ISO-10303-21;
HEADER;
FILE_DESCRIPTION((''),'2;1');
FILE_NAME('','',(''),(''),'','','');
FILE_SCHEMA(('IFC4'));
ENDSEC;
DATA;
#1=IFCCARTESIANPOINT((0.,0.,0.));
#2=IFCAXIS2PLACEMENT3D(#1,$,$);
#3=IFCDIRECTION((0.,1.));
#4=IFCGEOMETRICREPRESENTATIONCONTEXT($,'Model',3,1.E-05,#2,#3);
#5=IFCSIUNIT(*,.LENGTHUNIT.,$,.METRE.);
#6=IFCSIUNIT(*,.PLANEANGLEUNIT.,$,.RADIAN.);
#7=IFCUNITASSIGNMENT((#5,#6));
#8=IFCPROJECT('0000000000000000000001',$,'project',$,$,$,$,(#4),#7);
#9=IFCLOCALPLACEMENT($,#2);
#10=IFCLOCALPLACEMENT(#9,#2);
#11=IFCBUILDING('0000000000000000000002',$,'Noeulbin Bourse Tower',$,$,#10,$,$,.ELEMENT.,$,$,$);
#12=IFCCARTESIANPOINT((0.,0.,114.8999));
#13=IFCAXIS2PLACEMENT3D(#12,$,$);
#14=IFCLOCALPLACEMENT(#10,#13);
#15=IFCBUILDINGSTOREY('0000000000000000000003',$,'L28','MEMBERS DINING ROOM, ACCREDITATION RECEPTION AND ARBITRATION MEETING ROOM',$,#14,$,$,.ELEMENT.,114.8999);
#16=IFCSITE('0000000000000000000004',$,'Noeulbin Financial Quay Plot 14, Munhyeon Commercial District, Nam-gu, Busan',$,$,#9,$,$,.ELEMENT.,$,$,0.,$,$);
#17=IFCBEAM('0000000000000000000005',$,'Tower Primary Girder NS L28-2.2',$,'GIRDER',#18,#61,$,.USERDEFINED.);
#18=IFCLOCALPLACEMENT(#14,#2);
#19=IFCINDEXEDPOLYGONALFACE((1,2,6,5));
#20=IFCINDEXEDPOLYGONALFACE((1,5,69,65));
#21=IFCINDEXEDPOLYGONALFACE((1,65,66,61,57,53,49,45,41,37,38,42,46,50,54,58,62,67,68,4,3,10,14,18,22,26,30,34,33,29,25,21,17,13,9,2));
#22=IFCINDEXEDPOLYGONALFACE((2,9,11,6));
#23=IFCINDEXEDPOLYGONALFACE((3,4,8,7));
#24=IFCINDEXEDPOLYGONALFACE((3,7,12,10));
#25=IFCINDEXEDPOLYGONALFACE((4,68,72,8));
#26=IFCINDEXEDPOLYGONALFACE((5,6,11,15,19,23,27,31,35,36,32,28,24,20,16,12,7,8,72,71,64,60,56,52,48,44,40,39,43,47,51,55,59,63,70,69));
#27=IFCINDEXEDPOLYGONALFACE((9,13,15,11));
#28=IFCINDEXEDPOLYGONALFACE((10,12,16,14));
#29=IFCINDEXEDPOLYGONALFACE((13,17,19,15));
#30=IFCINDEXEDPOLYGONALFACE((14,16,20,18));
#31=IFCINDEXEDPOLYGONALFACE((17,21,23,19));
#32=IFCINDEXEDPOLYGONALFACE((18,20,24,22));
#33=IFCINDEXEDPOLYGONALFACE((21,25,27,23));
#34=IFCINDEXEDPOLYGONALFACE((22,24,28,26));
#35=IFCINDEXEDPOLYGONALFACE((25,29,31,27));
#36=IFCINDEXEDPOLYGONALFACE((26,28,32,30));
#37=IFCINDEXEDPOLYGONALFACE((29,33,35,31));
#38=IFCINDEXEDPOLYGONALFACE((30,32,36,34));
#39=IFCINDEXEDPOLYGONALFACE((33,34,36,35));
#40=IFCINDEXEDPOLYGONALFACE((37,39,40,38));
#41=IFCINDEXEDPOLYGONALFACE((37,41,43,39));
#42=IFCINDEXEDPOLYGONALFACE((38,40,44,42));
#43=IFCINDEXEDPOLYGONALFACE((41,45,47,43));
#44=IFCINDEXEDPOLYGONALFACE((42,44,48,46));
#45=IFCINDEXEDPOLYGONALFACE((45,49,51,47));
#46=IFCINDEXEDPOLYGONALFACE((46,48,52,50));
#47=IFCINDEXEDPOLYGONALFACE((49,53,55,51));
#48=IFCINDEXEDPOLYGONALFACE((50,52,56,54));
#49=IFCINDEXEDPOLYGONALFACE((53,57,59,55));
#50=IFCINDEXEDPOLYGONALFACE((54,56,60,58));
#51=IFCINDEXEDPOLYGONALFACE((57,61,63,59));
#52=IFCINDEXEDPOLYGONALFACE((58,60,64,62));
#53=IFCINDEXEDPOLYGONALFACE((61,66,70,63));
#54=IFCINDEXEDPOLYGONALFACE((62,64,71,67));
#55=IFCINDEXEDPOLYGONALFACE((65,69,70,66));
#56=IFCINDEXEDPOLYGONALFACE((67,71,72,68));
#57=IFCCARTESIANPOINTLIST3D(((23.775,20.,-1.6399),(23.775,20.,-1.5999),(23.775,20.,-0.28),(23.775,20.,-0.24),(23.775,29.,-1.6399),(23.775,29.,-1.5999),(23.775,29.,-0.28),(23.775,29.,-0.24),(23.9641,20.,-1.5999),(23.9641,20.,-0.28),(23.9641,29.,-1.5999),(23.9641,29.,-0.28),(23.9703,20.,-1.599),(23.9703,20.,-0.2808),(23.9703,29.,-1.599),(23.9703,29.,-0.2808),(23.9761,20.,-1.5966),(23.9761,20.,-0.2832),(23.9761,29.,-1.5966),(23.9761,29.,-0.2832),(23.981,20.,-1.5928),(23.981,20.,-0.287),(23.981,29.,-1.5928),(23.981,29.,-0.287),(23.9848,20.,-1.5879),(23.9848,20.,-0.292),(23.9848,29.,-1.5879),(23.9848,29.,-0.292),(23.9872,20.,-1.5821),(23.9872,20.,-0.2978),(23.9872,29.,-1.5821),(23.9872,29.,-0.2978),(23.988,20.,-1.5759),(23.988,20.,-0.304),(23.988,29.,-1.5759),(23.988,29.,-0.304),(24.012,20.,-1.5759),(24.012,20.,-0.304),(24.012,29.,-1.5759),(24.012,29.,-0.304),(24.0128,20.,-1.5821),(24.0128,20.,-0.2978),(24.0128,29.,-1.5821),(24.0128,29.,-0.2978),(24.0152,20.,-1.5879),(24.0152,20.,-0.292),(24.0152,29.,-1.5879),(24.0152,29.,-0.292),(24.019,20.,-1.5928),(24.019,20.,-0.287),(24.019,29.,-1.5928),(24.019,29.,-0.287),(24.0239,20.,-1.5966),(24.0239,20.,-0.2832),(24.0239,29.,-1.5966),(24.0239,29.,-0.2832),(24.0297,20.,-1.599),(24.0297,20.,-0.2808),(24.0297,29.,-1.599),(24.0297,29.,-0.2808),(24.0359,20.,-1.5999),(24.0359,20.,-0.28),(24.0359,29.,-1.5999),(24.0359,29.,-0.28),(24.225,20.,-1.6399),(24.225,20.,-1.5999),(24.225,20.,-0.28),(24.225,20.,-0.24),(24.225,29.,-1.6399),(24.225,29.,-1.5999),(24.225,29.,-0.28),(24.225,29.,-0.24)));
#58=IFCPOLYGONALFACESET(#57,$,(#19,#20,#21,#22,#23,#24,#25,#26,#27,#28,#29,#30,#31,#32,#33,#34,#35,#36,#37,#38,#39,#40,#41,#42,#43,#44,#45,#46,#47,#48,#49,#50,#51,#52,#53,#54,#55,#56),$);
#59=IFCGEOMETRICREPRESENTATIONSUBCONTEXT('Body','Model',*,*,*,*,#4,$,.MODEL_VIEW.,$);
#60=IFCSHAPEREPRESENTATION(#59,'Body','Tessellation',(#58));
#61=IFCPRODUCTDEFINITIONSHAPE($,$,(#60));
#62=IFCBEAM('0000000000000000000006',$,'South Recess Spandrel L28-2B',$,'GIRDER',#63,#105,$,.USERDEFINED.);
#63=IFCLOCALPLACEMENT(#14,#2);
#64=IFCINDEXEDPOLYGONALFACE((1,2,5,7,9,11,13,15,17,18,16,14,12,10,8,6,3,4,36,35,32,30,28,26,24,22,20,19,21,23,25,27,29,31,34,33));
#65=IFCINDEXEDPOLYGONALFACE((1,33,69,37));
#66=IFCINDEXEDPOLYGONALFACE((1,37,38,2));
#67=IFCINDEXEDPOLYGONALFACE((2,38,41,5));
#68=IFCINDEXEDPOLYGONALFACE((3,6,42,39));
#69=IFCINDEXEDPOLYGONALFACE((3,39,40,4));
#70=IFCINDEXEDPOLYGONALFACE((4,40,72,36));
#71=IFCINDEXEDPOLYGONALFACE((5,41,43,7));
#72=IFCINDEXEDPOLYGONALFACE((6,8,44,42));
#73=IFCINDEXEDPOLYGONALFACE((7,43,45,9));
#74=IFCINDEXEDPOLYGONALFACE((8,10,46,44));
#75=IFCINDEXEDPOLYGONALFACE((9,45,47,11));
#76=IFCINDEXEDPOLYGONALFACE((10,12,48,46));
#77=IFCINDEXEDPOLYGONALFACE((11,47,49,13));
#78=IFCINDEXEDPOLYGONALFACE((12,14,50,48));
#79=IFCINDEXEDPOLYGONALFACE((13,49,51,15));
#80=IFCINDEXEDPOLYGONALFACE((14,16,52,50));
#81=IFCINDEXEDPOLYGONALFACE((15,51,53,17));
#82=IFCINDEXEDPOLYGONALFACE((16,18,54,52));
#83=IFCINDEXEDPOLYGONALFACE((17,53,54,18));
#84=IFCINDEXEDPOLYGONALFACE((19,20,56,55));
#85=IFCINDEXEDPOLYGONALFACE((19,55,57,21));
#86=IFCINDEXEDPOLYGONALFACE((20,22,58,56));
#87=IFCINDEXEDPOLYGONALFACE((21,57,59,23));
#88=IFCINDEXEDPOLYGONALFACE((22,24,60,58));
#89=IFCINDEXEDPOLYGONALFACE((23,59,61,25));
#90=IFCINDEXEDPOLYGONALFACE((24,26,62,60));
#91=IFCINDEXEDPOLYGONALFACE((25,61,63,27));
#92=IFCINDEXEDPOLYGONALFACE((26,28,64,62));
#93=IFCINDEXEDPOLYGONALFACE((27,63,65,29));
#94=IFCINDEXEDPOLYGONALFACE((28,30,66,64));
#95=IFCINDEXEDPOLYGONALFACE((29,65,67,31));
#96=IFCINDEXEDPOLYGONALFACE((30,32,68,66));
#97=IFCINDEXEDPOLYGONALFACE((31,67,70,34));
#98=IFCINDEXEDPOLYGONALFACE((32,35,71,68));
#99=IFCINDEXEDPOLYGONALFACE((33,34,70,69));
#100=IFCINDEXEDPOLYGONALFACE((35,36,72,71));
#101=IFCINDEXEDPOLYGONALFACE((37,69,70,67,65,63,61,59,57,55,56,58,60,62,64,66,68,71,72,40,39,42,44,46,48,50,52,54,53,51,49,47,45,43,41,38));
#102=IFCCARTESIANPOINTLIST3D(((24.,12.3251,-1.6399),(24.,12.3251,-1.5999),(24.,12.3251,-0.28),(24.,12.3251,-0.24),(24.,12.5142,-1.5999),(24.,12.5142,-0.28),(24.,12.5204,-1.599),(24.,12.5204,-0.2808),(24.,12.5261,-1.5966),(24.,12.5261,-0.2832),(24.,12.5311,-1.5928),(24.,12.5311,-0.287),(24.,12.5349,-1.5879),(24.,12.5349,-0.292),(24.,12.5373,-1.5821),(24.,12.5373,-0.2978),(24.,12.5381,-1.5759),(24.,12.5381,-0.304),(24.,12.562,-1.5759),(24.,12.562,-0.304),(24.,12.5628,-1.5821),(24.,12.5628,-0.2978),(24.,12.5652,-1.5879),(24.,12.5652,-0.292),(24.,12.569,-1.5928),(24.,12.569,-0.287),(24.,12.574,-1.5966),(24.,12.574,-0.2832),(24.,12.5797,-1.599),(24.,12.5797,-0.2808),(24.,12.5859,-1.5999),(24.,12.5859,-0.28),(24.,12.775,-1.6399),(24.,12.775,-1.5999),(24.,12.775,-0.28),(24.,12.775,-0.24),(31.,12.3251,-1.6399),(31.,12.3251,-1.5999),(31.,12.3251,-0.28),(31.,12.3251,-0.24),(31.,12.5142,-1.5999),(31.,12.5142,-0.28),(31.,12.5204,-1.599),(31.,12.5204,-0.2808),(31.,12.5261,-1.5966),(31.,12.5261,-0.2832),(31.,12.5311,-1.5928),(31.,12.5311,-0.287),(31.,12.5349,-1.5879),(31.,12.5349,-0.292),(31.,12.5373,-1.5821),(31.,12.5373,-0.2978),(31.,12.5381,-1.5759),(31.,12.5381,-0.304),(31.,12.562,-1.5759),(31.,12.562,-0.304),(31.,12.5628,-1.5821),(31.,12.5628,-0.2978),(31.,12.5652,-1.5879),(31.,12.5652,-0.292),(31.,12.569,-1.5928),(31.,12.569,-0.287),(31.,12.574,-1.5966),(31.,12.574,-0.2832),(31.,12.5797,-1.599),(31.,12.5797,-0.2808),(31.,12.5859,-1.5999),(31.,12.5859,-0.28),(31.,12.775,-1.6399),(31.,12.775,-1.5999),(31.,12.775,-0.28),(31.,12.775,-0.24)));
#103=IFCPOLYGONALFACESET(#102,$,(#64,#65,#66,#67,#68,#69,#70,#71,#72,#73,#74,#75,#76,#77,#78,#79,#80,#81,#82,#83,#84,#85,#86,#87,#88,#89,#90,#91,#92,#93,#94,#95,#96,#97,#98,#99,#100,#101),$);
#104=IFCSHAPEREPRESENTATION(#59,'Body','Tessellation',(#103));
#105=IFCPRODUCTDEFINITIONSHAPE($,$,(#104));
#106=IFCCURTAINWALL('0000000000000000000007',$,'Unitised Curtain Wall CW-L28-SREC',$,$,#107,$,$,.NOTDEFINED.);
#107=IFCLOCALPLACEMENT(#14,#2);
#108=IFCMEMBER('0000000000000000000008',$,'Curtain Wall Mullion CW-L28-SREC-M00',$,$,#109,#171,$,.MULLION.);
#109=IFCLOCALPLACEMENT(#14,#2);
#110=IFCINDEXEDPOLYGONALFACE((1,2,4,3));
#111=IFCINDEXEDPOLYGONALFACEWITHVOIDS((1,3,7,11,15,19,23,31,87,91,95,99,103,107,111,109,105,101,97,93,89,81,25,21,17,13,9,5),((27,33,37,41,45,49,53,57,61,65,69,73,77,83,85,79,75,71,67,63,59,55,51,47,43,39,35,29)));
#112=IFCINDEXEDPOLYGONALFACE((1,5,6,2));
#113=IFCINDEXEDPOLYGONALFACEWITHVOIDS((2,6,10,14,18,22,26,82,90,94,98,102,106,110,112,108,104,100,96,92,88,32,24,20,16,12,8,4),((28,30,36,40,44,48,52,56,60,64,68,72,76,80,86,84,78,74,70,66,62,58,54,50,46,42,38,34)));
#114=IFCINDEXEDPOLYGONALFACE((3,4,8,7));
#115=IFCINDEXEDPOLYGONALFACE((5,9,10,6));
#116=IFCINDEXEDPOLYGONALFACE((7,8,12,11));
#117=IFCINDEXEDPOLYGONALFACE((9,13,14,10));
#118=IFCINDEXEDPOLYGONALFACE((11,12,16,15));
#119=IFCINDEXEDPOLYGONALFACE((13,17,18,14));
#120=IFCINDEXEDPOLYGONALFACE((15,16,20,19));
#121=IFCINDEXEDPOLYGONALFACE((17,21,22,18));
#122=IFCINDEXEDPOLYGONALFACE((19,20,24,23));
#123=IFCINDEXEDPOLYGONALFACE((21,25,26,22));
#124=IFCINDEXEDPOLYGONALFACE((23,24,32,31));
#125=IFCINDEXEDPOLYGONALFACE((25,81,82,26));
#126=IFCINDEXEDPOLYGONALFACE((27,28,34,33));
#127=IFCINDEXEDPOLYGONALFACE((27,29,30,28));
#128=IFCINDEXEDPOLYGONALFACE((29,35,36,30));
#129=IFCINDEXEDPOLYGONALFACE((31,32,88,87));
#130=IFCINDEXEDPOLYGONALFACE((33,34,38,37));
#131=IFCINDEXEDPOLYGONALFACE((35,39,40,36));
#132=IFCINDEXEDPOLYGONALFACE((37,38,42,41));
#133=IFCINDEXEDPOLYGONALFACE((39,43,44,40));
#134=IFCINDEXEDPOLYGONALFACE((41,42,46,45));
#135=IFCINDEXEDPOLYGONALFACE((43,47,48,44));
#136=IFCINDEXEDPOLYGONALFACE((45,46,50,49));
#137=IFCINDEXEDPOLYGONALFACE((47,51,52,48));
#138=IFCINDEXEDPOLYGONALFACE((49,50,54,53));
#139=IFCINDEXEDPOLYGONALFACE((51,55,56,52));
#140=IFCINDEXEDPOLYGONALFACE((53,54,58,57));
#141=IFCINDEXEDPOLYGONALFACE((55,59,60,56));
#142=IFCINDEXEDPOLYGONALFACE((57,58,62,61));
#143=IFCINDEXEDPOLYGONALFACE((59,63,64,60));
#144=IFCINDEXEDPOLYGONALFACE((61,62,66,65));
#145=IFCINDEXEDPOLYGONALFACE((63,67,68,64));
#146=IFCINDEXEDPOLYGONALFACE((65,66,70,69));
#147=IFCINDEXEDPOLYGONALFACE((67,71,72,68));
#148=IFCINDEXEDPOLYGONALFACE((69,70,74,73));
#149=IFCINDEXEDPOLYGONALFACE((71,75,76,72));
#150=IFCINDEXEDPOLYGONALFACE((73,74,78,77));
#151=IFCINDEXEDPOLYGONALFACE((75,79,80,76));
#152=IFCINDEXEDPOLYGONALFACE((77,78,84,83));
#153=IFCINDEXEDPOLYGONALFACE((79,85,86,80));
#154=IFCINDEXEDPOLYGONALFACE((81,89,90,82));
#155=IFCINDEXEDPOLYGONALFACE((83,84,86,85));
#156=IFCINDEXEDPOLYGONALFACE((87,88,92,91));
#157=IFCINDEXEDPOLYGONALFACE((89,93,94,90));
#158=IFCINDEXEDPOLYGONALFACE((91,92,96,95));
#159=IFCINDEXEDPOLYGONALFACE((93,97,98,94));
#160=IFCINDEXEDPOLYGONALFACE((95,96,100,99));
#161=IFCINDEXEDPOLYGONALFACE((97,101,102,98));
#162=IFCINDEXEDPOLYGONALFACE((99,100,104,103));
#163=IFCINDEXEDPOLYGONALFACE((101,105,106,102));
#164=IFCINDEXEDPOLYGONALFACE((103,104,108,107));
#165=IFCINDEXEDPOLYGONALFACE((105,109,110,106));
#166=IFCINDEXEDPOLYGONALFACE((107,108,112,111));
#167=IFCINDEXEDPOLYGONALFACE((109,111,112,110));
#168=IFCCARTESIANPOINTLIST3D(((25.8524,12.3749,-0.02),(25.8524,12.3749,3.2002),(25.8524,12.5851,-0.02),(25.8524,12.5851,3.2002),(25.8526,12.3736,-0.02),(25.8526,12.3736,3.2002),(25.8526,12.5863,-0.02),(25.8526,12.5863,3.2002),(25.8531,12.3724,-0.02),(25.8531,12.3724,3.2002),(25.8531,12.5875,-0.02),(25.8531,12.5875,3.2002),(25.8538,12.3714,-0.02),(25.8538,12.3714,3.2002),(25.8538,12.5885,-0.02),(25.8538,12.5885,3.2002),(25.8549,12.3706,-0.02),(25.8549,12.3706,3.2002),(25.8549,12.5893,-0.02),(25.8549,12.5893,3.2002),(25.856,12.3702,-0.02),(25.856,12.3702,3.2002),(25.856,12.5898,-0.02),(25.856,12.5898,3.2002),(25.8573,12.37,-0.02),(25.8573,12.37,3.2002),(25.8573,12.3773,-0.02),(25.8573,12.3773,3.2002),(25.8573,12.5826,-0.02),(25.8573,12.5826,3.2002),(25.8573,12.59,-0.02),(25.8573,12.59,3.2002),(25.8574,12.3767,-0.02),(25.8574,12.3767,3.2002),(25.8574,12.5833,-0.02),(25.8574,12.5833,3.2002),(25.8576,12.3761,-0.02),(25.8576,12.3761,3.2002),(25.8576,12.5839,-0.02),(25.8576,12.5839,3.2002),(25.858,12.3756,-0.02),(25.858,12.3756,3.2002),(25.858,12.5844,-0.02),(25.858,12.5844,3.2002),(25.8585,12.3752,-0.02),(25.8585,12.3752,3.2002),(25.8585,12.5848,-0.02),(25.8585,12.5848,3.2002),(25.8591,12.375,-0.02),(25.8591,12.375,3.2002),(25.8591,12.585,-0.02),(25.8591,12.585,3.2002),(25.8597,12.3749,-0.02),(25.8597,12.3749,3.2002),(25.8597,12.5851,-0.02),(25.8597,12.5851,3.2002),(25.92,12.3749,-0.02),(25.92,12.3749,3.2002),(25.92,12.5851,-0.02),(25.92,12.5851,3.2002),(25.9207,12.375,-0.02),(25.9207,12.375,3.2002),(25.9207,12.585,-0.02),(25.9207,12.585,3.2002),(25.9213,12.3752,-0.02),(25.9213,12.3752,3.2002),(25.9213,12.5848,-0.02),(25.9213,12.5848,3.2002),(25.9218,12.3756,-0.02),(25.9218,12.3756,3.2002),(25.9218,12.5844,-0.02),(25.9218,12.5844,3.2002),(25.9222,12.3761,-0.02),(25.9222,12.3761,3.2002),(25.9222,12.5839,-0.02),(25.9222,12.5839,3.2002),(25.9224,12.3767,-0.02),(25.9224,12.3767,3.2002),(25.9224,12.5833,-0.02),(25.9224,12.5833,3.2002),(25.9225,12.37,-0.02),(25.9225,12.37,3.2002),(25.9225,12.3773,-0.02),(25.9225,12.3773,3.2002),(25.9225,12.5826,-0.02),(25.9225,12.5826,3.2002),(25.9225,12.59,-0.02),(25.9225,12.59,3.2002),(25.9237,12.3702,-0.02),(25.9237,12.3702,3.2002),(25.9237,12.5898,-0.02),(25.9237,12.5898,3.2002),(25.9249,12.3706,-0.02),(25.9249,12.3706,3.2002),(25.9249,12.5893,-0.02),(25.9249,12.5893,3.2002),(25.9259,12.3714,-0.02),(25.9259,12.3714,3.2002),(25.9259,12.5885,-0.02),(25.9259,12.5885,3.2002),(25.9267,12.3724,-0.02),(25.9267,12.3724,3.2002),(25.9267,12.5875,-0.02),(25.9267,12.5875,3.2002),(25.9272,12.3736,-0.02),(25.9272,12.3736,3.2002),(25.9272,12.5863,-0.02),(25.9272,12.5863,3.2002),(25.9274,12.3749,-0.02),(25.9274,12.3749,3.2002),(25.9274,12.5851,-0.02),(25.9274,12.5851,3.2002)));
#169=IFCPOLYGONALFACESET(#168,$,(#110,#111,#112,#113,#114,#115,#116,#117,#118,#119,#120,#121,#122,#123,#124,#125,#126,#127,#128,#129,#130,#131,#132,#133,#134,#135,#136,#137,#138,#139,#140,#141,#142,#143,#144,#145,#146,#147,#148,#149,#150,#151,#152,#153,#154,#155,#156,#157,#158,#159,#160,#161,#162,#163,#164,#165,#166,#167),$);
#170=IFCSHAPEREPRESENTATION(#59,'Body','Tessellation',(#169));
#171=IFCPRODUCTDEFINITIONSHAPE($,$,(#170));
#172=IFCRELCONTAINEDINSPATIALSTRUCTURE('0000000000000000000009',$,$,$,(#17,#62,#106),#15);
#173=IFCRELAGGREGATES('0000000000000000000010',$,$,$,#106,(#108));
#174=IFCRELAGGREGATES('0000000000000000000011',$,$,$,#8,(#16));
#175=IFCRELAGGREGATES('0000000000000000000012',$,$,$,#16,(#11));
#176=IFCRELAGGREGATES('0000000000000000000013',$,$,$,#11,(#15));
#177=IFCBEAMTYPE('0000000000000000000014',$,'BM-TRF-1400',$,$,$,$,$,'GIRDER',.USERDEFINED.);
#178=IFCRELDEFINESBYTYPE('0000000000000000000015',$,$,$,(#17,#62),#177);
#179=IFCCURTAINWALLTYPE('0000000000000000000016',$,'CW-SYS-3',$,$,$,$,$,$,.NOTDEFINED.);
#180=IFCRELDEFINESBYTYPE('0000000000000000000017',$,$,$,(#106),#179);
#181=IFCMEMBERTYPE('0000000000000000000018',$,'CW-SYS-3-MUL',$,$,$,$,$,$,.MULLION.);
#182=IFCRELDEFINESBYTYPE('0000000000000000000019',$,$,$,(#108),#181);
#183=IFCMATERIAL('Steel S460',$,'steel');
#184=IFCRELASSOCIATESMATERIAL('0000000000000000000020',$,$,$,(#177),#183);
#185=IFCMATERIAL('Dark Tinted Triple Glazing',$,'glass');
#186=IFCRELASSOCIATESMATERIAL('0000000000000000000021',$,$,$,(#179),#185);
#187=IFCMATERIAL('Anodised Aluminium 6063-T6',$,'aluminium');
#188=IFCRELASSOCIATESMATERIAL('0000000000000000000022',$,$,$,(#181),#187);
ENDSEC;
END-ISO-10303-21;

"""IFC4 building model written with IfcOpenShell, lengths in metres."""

from ifc_helpers import new_model, si_unit, direction, frame, origin, origin_2d, place, context, subcontext, project, spatial, hollow_rectangle, i_section, extrude, material, material_profile, profile_set, type_object, element, aggregate, save


model = new_model("IFC4")

# Units and contexts
model_context = context("Model", 3, precision=1e-05, world=origin(), true_north=direction((0.0, 1.0)))
body_context = subcontext(model_context, "Body", "Model", "MODEL_VIEW")
ifc_project = project(units=[si_unit("LENGTHUNIT", "METRE"), si_unit("PLANEANGLEUNIT", "RADIAN")], contexts=[model_context])

# Site, building, storey
site_placement = place(None, origin())
site = spatial("IfcSite", under=ifc_project, at=site_placement, Name="Noeulbin Financial Quay Plot 14, Munhyeon Commercial District, Nam-gu, Busan", CompositionType="ELEMENT", RefElevation=0.0)
building_placement = place(site_placement, origin())
building = spatial("IfcBuilding", under=site, at=building_placement, Name="Noeulbin Bourse Tower", CompositionType="ELEMENT")
storey_placement = place(building_placement, frame((0.0, 0.0, 114.8999)))
storey = spatial("IfcBuildingStorey", under=building, at=storey_placement, Name="L28", Description="MEMBERS DINING ROOM, ACCREDITATION RECEPTION AND ARBITRATION MEETING ROOM", CompositionType="ELEMENT", Elevation=114.8999)

# Shared definitions
ifc_material_1 = material(Name="Steel S460", Category="steel")

# Beams
ifc_material_profile_1 = material_profile(ifc_material_1, i_section(OverallWidth=0.45, OverallDepth=1.3999, WebThickness=0.0239, FlangeThickness=0.04, FilletRadius=0.0239, at=origin_2d()), Name="PG-1400x450x24x40", Category="LoadBearing")
ifc_profile_set_1 = profile_set([ifc_material_profile_1], Name="Steel S460")
beam_type_1 = type_object("IfcBeamType", Name="BM-TRF-1400", ElementType="GIRDER", PredefinedType="USERDEFINED", material=ifc_profile_set_1)
beam_1_placement = place(storey_placement, frame((24.0, 20.0, -0.9399), z_axis=(0.0, 1.0, 0.0), x_axis=(-1.0, 0.0, 0.0)))
element("IfcBeam", 1, at=beam_1_placement, inside=storey, type_object=beam_type_1, Name="Tower Primary Girder NS L28-2.2", ObjectType="GIRDER", PredefinedType="USERDEFINED", context=body_context, shape_type="SweptSolid", body=[
    extrude(i_section(OverallWidth=0.45, OverallDepth=1.3999, WebThickness=0.0239, FlangeThickness=0.04, FilletRadius=0.0239, at=origin_2d()), origin(), (0.0, 0.0, 1.0), 9.0),
])
beam_2_placement = place(storey_placement, frame((24.0, 12.55, -0.9399), z_axis=(1.0, 0.0, 0.0), x_axis=(0.0, 1.0, 0.0)))
element("IfcBeam", 2, at=beam_2_placement, inside=storey, type_object=beam_type_1, Name="South Recess Spandrel L28-2B", ObjectType="GIRDER", PredefinedType="USERDEFINED", context=body_context, shape_type="SweptSolid", body=[
    extrude(i_section(OverallWidth=0.45, OverallDepth=1.3999, WebThickness=0.0239, FlangeThickness=0.04, FilletRadius=0.0239, at=origin_2d()), origin(), (0.0, 0.0, 1.0), 7.0),
])

# Curtain wall, member
ifc_material_2 = material(Name="Dark Tinted Triple Glazing", Category="glass")
curtain_wall_type = type_object("IfcCurtainWallType", Name="CW-SYS-3", PredefinedType="NOTDEFINED", material=ifc_material_2)
curtain_wall_placement = place(storey_placement, origin())
curtain_wall = element("IfcCurtainWall", 3, at=curtain_wall_placement, inside=storey, type_object=curtain_wall_type, Name="Unitised Curtain Wall CW-L28-SREC", PredefinedType="NOTDEFINED")
ifc_material_3 = material(Name="Anodised Aluminium 6063-T6", Category="aluminium")
ifc_material_profile_2 = material_profile(ifc_material_3, hollow_rectangle(XDim=0.075, YDim=0.22, WallThickness=0.0049, InnerFilletRadius=0.0024, OuterFilletRadius=0.0049, at=origin_2d()), Name="ALU-MULL-75x220x5", Category="LoadBearing")
ifc_profile_set_2 = profile_set([ifc_material_profile_2], Name="Anodised Aluminium 6063-T6")
member_type_1 = type_object("IfcMemberType", Name="CW-SYS-3-MUL", PredefinedType="MULLION", material=ifc_profile_set_2)
member_1_placement = place(storey_placement, frame((25.8899, 12.48, -0.02), z_axis=(0.0, 0.0, 1.0), x_axis=(1.0, 0.0, 0.0)))
member_1 = element("IfcMember", 4, at=member_1_placement, type_object=member_type_1, Name="Curtain Wall Mullion CW-L28-SREC-M00", PredefinedType="MULLION", context=body_context, shape_type="SweptSolid", body=[
    extrude(hollow_rectangle(XDim=0.075, YDim=0.22, WallThickness=0.0049, InnerFilletRadius=0.0024, OuterFilletRadius=0.0049, at=origin_2d()), origin(), (0.0, 0.0, 1.0), 3.2202),
])
aggregate(curtain_wall, [member_1])

save(model, "model.ifc")
